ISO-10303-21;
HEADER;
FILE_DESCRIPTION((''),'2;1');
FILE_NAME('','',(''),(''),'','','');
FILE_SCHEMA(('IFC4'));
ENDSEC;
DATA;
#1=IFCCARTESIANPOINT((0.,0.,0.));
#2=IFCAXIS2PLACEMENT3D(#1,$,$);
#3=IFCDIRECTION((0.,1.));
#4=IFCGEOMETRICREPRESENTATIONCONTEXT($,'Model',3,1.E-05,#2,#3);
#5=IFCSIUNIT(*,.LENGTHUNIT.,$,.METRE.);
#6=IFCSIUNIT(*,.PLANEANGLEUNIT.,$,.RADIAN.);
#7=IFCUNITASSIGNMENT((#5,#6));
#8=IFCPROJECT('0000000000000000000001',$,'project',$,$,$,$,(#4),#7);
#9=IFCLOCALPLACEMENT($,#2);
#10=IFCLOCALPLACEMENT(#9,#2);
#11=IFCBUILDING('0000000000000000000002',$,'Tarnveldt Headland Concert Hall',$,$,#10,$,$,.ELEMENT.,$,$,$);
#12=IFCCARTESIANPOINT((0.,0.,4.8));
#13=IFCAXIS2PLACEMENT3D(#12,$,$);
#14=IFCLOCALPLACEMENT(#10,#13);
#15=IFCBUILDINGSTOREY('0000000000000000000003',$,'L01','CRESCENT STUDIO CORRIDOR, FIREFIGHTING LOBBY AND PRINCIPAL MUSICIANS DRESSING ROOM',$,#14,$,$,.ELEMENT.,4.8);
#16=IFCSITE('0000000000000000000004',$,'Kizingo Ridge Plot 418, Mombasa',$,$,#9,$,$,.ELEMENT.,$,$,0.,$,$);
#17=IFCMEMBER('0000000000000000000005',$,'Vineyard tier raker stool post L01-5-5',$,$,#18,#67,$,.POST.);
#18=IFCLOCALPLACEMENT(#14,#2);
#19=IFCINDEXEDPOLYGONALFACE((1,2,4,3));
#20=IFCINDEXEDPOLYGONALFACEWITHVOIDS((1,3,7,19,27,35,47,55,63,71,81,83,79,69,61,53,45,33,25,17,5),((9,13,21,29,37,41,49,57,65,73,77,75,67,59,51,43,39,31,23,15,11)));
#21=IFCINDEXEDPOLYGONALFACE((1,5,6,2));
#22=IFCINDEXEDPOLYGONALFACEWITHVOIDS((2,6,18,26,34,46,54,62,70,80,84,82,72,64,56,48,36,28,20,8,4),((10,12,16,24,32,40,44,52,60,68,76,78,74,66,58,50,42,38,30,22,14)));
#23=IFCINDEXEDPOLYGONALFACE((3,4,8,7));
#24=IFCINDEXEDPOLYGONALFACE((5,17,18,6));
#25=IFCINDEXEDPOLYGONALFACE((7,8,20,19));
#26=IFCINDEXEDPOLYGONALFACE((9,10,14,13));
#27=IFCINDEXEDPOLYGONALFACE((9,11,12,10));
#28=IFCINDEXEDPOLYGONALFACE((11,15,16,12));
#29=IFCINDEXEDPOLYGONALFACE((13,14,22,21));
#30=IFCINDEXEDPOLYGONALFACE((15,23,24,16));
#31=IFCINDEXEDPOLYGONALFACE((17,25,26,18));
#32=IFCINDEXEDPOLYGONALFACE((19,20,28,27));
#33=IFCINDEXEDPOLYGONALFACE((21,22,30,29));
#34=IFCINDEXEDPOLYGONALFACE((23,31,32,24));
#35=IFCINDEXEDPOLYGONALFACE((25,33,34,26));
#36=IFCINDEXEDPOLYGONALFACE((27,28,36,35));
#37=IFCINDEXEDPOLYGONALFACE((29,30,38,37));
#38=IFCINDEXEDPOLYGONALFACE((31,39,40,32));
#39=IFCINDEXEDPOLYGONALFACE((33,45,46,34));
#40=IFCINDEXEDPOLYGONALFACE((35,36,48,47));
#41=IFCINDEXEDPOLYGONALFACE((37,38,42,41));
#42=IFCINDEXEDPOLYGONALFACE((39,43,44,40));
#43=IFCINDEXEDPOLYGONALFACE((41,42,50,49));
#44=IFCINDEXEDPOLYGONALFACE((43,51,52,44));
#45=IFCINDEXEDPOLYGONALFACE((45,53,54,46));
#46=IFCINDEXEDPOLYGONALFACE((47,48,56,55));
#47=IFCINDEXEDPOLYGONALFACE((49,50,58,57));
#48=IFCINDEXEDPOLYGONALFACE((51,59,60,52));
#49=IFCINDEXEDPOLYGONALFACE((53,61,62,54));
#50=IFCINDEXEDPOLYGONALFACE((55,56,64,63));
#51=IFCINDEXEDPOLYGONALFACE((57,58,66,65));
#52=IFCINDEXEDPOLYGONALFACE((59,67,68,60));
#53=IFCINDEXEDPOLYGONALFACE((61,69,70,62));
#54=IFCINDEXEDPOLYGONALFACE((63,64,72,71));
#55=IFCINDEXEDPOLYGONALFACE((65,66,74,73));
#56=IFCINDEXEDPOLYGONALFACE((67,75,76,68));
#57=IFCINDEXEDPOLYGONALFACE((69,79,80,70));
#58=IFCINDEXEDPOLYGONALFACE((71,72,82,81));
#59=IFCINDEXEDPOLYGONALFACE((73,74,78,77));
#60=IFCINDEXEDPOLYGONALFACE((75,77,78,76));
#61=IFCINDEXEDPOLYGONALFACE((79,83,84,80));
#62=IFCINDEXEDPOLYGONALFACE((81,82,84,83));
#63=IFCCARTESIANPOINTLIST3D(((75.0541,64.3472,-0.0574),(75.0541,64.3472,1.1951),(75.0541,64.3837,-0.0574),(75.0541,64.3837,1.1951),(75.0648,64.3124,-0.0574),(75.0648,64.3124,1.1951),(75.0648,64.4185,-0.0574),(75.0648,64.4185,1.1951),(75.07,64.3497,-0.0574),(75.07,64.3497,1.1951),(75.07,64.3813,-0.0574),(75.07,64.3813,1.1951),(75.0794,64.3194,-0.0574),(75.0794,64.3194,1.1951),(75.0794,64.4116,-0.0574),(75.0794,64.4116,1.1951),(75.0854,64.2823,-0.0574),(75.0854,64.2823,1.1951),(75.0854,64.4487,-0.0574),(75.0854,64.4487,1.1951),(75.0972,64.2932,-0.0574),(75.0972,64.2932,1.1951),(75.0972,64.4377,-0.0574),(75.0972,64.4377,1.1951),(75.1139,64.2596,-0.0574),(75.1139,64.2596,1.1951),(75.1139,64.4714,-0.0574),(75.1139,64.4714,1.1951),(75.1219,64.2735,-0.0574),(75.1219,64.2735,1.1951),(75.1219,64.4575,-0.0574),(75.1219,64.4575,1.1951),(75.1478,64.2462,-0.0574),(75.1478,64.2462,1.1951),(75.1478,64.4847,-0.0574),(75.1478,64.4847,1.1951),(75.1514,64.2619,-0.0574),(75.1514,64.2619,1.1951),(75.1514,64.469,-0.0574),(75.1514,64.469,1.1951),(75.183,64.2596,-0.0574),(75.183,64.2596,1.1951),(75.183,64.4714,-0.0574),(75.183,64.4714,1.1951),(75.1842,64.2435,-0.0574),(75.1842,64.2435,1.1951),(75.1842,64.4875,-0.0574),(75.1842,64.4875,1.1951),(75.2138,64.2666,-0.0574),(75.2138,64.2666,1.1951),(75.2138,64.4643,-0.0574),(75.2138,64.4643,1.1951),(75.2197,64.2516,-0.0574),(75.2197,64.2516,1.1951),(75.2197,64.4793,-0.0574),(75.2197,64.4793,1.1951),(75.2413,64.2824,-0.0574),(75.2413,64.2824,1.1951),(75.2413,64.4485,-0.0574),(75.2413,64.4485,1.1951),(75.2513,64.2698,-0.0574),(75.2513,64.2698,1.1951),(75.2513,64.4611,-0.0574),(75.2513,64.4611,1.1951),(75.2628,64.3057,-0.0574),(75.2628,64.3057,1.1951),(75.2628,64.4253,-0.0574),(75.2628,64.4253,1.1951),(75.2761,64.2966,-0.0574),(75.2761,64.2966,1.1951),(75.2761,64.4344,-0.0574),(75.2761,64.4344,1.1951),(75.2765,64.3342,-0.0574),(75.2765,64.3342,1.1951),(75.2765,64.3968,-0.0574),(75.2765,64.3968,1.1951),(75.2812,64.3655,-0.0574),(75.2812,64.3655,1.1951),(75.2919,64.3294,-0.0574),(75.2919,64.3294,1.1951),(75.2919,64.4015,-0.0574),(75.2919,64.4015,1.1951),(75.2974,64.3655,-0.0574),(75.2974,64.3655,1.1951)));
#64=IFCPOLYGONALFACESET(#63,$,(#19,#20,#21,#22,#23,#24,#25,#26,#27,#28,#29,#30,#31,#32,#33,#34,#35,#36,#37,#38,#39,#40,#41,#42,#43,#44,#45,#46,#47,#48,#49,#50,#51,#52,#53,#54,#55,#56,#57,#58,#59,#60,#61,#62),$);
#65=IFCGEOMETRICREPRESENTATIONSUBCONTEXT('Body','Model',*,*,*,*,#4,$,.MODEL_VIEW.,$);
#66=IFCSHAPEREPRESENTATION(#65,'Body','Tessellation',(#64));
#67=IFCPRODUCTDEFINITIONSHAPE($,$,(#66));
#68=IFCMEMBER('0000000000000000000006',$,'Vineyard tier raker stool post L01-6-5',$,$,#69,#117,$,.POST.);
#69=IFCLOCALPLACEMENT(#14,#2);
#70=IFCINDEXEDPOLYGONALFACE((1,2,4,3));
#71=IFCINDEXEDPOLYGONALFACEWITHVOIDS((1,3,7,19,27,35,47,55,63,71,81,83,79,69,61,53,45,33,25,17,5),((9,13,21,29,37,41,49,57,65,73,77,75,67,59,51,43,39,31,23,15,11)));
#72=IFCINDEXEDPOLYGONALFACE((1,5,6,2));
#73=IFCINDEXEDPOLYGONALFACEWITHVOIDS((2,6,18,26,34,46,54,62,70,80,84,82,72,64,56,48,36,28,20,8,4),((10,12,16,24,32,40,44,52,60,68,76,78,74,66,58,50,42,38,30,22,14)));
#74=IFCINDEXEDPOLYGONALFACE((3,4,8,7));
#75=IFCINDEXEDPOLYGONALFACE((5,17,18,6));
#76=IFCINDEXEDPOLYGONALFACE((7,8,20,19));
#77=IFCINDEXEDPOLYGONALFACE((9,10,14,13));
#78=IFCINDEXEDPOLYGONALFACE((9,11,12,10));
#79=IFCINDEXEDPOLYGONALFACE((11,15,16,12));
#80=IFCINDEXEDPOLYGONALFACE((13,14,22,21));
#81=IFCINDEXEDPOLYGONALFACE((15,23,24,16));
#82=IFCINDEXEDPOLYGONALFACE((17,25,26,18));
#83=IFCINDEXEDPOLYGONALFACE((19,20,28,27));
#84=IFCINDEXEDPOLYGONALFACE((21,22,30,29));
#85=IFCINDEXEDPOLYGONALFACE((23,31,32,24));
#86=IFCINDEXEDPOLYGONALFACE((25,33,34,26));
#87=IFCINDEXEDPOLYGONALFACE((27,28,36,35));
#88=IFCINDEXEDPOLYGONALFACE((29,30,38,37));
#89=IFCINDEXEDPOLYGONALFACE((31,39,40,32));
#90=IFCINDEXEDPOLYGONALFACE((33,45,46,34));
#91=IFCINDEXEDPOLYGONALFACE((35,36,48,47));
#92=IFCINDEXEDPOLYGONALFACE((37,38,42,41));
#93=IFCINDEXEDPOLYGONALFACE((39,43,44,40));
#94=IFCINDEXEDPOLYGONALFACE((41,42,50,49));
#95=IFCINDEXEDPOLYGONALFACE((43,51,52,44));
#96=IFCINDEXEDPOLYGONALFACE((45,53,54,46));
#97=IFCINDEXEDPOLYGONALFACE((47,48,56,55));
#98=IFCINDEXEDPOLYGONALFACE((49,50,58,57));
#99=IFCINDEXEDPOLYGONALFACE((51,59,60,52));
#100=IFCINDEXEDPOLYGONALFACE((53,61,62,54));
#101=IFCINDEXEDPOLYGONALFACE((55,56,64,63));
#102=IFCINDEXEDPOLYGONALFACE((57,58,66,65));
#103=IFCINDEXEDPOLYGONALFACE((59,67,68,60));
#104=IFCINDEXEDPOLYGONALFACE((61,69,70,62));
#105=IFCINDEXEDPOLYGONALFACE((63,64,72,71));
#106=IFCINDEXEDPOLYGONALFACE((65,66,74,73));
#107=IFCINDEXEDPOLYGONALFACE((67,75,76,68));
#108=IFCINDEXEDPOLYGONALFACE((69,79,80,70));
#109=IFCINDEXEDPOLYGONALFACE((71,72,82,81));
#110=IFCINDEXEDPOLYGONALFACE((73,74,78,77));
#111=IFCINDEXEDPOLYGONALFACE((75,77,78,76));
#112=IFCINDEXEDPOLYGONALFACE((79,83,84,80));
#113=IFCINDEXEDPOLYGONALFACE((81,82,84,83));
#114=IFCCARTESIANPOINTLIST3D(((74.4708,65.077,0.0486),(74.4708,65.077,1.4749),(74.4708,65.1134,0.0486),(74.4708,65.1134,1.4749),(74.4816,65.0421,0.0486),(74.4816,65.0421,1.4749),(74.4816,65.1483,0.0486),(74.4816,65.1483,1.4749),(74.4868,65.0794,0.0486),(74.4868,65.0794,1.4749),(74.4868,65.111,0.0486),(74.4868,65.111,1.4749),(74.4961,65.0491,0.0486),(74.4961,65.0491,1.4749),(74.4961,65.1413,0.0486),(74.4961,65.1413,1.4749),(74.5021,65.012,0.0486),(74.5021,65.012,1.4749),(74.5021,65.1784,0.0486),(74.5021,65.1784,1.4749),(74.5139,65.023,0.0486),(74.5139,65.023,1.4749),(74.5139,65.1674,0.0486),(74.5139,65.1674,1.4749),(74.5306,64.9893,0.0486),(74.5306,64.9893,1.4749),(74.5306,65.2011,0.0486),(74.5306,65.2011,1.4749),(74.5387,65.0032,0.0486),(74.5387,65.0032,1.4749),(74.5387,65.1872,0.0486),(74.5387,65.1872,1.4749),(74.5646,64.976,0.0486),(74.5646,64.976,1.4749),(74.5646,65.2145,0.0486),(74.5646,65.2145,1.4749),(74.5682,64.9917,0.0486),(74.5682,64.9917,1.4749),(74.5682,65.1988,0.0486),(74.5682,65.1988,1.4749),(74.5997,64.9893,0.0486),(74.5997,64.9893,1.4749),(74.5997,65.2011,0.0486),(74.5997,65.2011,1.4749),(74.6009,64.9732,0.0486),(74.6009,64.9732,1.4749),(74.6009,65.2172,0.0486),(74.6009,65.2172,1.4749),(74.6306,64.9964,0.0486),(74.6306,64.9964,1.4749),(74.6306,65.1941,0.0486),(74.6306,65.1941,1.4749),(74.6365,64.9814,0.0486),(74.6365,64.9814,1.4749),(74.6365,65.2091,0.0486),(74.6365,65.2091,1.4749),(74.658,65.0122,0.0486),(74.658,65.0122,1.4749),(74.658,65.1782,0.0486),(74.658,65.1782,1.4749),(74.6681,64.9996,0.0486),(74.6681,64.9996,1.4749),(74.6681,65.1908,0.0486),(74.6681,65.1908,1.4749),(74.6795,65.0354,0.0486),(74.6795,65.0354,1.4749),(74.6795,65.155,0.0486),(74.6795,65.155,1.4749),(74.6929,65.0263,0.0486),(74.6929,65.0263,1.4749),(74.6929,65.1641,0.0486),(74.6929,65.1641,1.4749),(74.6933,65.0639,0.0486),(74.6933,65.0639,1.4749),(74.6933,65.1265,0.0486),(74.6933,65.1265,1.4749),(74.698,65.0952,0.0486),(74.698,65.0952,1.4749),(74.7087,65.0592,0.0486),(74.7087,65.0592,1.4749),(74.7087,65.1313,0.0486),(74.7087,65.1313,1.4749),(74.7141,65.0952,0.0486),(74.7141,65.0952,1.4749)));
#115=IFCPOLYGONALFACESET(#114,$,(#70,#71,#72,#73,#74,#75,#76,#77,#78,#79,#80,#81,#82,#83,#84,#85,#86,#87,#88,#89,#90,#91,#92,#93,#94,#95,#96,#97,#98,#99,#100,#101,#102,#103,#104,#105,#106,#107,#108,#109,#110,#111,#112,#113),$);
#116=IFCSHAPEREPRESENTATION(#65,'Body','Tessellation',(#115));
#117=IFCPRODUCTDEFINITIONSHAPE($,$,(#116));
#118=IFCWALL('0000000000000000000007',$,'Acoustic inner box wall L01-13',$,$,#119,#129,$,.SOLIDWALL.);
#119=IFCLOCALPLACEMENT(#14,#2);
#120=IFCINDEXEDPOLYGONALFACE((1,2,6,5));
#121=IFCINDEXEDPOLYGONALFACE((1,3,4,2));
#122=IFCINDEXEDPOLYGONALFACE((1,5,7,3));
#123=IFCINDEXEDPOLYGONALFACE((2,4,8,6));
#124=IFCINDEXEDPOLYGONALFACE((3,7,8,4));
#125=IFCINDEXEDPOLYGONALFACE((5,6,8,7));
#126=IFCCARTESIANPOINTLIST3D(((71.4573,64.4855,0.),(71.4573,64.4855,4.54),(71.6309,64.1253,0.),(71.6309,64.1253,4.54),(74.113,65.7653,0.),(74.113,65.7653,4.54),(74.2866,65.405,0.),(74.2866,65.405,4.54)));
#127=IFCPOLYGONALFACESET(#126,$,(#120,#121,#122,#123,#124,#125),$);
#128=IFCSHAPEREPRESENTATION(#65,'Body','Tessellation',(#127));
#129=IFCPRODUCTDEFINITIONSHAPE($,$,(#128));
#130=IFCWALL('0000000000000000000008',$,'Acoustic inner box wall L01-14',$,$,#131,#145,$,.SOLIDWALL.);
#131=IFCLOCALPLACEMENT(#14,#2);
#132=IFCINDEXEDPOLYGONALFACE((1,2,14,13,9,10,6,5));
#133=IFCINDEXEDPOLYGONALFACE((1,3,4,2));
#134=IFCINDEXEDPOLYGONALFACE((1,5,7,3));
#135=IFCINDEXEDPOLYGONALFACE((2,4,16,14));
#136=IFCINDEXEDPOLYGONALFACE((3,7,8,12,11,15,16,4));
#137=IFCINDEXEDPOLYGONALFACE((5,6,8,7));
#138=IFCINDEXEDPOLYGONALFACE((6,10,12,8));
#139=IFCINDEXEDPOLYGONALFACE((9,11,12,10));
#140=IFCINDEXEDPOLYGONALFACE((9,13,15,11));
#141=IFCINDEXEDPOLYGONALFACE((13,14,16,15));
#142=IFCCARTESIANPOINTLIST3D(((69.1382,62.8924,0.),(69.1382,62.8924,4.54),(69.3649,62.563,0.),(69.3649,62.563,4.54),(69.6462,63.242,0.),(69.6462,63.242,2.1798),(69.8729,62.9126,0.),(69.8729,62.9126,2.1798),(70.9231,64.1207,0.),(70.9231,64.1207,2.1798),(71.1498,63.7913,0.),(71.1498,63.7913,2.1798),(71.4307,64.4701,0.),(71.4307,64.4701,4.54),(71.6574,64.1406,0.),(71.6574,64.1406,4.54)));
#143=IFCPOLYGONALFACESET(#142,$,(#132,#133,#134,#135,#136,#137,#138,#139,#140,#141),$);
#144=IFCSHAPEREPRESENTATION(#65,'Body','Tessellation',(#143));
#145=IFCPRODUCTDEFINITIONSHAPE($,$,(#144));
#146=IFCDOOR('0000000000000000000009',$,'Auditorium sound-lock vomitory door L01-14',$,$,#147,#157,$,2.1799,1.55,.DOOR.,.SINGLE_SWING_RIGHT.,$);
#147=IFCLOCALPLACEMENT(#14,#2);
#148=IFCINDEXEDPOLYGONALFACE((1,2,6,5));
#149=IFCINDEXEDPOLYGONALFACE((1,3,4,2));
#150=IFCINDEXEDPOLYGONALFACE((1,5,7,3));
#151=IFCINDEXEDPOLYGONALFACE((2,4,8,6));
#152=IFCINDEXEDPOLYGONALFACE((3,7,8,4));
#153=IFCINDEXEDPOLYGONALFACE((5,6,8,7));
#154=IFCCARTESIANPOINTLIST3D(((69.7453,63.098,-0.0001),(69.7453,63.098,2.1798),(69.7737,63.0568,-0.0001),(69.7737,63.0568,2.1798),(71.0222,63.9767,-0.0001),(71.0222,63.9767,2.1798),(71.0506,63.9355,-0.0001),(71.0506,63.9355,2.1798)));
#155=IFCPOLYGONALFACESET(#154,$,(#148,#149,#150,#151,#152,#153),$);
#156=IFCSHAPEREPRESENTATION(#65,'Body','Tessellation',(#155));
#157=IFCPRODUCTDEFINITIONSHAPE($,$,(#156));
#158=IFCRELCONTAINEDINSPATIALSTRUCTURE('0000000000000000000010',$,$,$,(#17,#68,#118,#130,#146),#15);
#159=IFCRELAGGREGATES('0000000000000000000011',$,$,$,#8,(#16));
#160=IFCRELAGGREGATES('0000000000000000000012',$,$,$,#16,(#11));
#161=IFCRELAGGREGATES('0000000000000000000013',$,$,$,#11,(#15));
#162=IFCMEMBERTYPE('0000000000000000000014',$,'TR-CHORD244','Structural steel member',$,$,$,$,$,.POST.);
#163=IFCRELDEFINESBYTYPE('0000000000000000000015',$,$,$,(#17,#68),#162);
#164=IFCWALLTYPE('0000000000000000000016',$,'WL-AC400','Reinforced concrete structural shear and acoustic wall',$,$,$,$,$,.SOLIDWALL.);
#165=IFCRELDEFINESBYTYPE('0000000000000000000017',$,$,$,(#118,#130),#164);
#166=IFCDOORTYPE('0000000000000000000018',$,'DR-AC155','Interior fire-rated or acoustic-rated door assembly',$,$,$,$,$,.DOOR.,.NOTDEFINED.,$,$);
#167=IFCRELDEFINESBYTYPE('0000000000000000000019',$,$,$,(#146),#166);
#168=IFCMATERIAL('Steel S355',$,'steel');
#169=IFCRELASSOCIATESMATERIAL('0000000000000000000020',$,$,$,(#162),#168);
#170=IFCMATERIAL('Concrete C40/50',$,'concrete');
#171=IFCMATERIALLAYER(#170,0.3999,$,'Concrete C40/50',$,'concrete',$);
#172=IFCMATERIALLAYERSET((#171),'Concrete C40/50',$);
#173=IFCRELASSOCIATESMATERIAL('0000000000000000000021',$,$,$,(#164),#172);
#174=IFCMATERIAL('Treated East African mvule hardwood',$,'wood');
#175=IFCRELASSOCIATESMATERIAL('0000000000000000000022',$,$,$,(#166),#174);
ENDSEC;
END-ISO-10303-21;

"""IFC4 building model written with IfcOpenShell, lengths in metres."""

from ifc_helpers import new_model, si_unit, direction, frame, frame_2d, origin, origin_2d, place, context, subcontext, project, spatial, rectangle, hollow_circle, extrude, material, layer, layer_set, material_profile, profile_set, type_object, element, fill, save


model = new_model("IFC4")

# Units and contexts
model_context = context("Model", 3, precision=1e-05, world=origin(), true_north=direction((0.0, 1.0)))
body_context = subcontext(model_context, "Body", "Model", "MODEL_VIEW")
ifc_project = project(units=[si_unit("LENGTHUNIT", "METRE"), si_unit("PLANEANGLEUNIT", "RADIAN")], contexts=[model_context])

# Site, building, storey
site_placement = place(None, origin())
site = spatial("IfcSite", under=ifc_project, at=site_placement, Name="Kizingo Ridge Plot 418, Mombasa", CompositionType="ELEMENT", RefElevation=0.0)
building_placement = place(site_placement, origin())
building = spatial("IfcBuilding", under=site, at=building_placement, Name="Tarnveldt Headland Concert Hall", CompositionType="ELEMENT")
storey_placement = place(building_placement, frame((0.0, 0.0, 4.8)))
storey = spatial("IfcBuildingStorey", under=building, at=storey_placement, Name="L01", Description="CRESCENT STUDIO CORRIDOR, FIREFIGHTING LOBBY AND PRINCIPAL MUSICIANS DRESSING ROOM", CompositionType="ELEMENT", Elevation=4.8)

# Shared definitions
ifc_material_1 = material(Name="Concrete C40/50", Category="concrete")
ifc_material_2 = material(Name="Steel S355", Category="steel")

# Members
ifc_material_profile_1 = material_profile(ifc_material_2, hollow_circle(Radius=0.1223, WallThickness=0.0161, at=origin_2d()), Name="CHS 244.5x16", Category="steel")
ifc_profile_set_1 = profile_set([ifc_material_profile_1], Name="Steel S355")
member_type_1 = type_object("IfcMemberType", Name="TR-CHORD244", Description="Structural steel member", PredefinedType="POST", material=ifc_profile_set_1)
member_1_placement = place(storey_placement, frame((75.175, 64.3655, -0.0574), z_axis=(0.0, 0.0, 1.0), x_axis=(1.0, 0.0, 0.0)))
element("IfcMember", 1, at=member_1_placement, inside=storey, type_object=member_type_1, Name="Vineyard tier raker stool post L01-5-5", PredefinedType="POST", context=body_context, shape_type="SweptSolid", body=[
    extrude(hollow_circle(Radius=0.1223, WallThickness=0.0161, at=origin_2d()), origin(), (0.0, 0.0, 1.0), 1.2524),
])
member_2_placement = place(storey_placement, frame((74.5918, 65.0952, 0.0486), z_axis=(0.0, 0.0, 1.0), x_axis=(1.0, 0.0, 0.0)))
element("IfcMember", 2, at=member_2_placement, inside=storey, type_object=member_type_1, Name="Vineyard tier raker stool post L01-6-5", PredefinedType="POST", context=body_context, shape_type="SweptSolid", body=[
    extrude(hollow_circle(Radius=0.1223, WallThickness=0.0161, at=origin_2d()), origin(), (0.0, 0.0, 1.0), 1.4263),
])

# Wall
ifc_layer_1 = layer(ifc_material_1, 0.3999, Name="Concrete C40/50", Category="concrete")
ifc_layer_set_1 = layer_set([ifc_layer_1], Name="Concrete C40/50")
wall_type = type_object("IfcWallType", Name="WL-AC400", Description="Reinforced concrete structural shear and acoustic wall", PredefinedType="SOLIDWALL", material=ifc_layer_set_1)
wall_1_placement = place(storey_placement, frame((74.2, 65.5852, 0.0), z_axis=(0.0, 0.0, 1.0), x_axis=(-0.900858, -0.434114, 0.0)))
element("IfcWall", 3, at=wall_1_placement, inside=storey, type_object=wall_type, Name="Acoustic inner box wall L01-13", PredefinedType="SOLIDWALL", context=body_context, shape_type="SweptSolid", body=[
    extrude(rectangle(XDim=2.948, YDim=0.3999, at=frame_2d((1.4741, 0.0))), origin(), (0.0, 0.0, 1.0), 4.54),
])

# Wall, opening, door
wall_2_placement = place(storey_placement, frame((71.5442, 64.3054, 0.0), z_axis=(0.0, 0.0, 1.0), x_axis=(-0.823781, -0.566909, 0.0)))
wall_2 = element("IfcWall", 4, at=wall_2_placement, inside=storey, type_object=wall_type, Name="Acoustic inner box wall L01-14", PredefinedType="SOLIDWALL", context=body_context, shape_type="SweptSolid", body=[
    extrude(rectangle(XDim=2.783, YDim=0.3999, at=frame_2d((1.3916, 0.0))), origin(), (0.0, 0.0, 1.0), 4.54),
])
opening_placement = place(wall_2_placement, frame((0.6165, 0.0, 0.0)))
opening = element("IfcOpeningElement", 5, at=opening_placement, cuts=wall_2, PredefinedType="OPENING", context=body_context, shape_type="SweptSolid", body=[
    extrude(rectangle(XDim=1.55, YDim=2.1799, at=frame_2d((0.7749, 1.0898))), frame((0.0, 0.21, 0.0), z_axis=(0.0, -1.0, 0.0), x_axis=(1.0, 0.0, 0.0)), (0.0, 0.0, 1.0), 0.4199),
])
ifc_material_3 = material(Name="Treated East African mvule hardwood", Category="wood")
door_type = type_object("IfcDoorType", Name="DR-AC155", Description="Interior fire-rated or acoustic-rated door assembly", OperationType="NOTDEFINED", PredefinedType="DOOR", material=ifc_material_3)
door_placement = place(opening_placement, origin())
door = element("IfcDoor", 6, at=door_placement, inside=storey, type_object=door_type, Name="Auditorium sound-lock vomitory door L01-14", OperationType="SINGLE_SWING_RIGHT", OverallHeight=2.1799, OverallWidth=1.55, PredefinedType="DOOR", context=body_context, shape_type="SweptSolid", body=[
    extrude(rectangle(XDim=1.55, YDim=2.1799, at=frame_2d((0.7749, 1.0898))), frame((0.0, 0.0249, 0.0), z_axis=(0.0, -1.0, 0.0), x_axis=(1.0, 0.0, 0.0)), (0.0, 0.0, 1.0), 0.05),
])
fill(opening, door)

save(model, "model.ifc")
